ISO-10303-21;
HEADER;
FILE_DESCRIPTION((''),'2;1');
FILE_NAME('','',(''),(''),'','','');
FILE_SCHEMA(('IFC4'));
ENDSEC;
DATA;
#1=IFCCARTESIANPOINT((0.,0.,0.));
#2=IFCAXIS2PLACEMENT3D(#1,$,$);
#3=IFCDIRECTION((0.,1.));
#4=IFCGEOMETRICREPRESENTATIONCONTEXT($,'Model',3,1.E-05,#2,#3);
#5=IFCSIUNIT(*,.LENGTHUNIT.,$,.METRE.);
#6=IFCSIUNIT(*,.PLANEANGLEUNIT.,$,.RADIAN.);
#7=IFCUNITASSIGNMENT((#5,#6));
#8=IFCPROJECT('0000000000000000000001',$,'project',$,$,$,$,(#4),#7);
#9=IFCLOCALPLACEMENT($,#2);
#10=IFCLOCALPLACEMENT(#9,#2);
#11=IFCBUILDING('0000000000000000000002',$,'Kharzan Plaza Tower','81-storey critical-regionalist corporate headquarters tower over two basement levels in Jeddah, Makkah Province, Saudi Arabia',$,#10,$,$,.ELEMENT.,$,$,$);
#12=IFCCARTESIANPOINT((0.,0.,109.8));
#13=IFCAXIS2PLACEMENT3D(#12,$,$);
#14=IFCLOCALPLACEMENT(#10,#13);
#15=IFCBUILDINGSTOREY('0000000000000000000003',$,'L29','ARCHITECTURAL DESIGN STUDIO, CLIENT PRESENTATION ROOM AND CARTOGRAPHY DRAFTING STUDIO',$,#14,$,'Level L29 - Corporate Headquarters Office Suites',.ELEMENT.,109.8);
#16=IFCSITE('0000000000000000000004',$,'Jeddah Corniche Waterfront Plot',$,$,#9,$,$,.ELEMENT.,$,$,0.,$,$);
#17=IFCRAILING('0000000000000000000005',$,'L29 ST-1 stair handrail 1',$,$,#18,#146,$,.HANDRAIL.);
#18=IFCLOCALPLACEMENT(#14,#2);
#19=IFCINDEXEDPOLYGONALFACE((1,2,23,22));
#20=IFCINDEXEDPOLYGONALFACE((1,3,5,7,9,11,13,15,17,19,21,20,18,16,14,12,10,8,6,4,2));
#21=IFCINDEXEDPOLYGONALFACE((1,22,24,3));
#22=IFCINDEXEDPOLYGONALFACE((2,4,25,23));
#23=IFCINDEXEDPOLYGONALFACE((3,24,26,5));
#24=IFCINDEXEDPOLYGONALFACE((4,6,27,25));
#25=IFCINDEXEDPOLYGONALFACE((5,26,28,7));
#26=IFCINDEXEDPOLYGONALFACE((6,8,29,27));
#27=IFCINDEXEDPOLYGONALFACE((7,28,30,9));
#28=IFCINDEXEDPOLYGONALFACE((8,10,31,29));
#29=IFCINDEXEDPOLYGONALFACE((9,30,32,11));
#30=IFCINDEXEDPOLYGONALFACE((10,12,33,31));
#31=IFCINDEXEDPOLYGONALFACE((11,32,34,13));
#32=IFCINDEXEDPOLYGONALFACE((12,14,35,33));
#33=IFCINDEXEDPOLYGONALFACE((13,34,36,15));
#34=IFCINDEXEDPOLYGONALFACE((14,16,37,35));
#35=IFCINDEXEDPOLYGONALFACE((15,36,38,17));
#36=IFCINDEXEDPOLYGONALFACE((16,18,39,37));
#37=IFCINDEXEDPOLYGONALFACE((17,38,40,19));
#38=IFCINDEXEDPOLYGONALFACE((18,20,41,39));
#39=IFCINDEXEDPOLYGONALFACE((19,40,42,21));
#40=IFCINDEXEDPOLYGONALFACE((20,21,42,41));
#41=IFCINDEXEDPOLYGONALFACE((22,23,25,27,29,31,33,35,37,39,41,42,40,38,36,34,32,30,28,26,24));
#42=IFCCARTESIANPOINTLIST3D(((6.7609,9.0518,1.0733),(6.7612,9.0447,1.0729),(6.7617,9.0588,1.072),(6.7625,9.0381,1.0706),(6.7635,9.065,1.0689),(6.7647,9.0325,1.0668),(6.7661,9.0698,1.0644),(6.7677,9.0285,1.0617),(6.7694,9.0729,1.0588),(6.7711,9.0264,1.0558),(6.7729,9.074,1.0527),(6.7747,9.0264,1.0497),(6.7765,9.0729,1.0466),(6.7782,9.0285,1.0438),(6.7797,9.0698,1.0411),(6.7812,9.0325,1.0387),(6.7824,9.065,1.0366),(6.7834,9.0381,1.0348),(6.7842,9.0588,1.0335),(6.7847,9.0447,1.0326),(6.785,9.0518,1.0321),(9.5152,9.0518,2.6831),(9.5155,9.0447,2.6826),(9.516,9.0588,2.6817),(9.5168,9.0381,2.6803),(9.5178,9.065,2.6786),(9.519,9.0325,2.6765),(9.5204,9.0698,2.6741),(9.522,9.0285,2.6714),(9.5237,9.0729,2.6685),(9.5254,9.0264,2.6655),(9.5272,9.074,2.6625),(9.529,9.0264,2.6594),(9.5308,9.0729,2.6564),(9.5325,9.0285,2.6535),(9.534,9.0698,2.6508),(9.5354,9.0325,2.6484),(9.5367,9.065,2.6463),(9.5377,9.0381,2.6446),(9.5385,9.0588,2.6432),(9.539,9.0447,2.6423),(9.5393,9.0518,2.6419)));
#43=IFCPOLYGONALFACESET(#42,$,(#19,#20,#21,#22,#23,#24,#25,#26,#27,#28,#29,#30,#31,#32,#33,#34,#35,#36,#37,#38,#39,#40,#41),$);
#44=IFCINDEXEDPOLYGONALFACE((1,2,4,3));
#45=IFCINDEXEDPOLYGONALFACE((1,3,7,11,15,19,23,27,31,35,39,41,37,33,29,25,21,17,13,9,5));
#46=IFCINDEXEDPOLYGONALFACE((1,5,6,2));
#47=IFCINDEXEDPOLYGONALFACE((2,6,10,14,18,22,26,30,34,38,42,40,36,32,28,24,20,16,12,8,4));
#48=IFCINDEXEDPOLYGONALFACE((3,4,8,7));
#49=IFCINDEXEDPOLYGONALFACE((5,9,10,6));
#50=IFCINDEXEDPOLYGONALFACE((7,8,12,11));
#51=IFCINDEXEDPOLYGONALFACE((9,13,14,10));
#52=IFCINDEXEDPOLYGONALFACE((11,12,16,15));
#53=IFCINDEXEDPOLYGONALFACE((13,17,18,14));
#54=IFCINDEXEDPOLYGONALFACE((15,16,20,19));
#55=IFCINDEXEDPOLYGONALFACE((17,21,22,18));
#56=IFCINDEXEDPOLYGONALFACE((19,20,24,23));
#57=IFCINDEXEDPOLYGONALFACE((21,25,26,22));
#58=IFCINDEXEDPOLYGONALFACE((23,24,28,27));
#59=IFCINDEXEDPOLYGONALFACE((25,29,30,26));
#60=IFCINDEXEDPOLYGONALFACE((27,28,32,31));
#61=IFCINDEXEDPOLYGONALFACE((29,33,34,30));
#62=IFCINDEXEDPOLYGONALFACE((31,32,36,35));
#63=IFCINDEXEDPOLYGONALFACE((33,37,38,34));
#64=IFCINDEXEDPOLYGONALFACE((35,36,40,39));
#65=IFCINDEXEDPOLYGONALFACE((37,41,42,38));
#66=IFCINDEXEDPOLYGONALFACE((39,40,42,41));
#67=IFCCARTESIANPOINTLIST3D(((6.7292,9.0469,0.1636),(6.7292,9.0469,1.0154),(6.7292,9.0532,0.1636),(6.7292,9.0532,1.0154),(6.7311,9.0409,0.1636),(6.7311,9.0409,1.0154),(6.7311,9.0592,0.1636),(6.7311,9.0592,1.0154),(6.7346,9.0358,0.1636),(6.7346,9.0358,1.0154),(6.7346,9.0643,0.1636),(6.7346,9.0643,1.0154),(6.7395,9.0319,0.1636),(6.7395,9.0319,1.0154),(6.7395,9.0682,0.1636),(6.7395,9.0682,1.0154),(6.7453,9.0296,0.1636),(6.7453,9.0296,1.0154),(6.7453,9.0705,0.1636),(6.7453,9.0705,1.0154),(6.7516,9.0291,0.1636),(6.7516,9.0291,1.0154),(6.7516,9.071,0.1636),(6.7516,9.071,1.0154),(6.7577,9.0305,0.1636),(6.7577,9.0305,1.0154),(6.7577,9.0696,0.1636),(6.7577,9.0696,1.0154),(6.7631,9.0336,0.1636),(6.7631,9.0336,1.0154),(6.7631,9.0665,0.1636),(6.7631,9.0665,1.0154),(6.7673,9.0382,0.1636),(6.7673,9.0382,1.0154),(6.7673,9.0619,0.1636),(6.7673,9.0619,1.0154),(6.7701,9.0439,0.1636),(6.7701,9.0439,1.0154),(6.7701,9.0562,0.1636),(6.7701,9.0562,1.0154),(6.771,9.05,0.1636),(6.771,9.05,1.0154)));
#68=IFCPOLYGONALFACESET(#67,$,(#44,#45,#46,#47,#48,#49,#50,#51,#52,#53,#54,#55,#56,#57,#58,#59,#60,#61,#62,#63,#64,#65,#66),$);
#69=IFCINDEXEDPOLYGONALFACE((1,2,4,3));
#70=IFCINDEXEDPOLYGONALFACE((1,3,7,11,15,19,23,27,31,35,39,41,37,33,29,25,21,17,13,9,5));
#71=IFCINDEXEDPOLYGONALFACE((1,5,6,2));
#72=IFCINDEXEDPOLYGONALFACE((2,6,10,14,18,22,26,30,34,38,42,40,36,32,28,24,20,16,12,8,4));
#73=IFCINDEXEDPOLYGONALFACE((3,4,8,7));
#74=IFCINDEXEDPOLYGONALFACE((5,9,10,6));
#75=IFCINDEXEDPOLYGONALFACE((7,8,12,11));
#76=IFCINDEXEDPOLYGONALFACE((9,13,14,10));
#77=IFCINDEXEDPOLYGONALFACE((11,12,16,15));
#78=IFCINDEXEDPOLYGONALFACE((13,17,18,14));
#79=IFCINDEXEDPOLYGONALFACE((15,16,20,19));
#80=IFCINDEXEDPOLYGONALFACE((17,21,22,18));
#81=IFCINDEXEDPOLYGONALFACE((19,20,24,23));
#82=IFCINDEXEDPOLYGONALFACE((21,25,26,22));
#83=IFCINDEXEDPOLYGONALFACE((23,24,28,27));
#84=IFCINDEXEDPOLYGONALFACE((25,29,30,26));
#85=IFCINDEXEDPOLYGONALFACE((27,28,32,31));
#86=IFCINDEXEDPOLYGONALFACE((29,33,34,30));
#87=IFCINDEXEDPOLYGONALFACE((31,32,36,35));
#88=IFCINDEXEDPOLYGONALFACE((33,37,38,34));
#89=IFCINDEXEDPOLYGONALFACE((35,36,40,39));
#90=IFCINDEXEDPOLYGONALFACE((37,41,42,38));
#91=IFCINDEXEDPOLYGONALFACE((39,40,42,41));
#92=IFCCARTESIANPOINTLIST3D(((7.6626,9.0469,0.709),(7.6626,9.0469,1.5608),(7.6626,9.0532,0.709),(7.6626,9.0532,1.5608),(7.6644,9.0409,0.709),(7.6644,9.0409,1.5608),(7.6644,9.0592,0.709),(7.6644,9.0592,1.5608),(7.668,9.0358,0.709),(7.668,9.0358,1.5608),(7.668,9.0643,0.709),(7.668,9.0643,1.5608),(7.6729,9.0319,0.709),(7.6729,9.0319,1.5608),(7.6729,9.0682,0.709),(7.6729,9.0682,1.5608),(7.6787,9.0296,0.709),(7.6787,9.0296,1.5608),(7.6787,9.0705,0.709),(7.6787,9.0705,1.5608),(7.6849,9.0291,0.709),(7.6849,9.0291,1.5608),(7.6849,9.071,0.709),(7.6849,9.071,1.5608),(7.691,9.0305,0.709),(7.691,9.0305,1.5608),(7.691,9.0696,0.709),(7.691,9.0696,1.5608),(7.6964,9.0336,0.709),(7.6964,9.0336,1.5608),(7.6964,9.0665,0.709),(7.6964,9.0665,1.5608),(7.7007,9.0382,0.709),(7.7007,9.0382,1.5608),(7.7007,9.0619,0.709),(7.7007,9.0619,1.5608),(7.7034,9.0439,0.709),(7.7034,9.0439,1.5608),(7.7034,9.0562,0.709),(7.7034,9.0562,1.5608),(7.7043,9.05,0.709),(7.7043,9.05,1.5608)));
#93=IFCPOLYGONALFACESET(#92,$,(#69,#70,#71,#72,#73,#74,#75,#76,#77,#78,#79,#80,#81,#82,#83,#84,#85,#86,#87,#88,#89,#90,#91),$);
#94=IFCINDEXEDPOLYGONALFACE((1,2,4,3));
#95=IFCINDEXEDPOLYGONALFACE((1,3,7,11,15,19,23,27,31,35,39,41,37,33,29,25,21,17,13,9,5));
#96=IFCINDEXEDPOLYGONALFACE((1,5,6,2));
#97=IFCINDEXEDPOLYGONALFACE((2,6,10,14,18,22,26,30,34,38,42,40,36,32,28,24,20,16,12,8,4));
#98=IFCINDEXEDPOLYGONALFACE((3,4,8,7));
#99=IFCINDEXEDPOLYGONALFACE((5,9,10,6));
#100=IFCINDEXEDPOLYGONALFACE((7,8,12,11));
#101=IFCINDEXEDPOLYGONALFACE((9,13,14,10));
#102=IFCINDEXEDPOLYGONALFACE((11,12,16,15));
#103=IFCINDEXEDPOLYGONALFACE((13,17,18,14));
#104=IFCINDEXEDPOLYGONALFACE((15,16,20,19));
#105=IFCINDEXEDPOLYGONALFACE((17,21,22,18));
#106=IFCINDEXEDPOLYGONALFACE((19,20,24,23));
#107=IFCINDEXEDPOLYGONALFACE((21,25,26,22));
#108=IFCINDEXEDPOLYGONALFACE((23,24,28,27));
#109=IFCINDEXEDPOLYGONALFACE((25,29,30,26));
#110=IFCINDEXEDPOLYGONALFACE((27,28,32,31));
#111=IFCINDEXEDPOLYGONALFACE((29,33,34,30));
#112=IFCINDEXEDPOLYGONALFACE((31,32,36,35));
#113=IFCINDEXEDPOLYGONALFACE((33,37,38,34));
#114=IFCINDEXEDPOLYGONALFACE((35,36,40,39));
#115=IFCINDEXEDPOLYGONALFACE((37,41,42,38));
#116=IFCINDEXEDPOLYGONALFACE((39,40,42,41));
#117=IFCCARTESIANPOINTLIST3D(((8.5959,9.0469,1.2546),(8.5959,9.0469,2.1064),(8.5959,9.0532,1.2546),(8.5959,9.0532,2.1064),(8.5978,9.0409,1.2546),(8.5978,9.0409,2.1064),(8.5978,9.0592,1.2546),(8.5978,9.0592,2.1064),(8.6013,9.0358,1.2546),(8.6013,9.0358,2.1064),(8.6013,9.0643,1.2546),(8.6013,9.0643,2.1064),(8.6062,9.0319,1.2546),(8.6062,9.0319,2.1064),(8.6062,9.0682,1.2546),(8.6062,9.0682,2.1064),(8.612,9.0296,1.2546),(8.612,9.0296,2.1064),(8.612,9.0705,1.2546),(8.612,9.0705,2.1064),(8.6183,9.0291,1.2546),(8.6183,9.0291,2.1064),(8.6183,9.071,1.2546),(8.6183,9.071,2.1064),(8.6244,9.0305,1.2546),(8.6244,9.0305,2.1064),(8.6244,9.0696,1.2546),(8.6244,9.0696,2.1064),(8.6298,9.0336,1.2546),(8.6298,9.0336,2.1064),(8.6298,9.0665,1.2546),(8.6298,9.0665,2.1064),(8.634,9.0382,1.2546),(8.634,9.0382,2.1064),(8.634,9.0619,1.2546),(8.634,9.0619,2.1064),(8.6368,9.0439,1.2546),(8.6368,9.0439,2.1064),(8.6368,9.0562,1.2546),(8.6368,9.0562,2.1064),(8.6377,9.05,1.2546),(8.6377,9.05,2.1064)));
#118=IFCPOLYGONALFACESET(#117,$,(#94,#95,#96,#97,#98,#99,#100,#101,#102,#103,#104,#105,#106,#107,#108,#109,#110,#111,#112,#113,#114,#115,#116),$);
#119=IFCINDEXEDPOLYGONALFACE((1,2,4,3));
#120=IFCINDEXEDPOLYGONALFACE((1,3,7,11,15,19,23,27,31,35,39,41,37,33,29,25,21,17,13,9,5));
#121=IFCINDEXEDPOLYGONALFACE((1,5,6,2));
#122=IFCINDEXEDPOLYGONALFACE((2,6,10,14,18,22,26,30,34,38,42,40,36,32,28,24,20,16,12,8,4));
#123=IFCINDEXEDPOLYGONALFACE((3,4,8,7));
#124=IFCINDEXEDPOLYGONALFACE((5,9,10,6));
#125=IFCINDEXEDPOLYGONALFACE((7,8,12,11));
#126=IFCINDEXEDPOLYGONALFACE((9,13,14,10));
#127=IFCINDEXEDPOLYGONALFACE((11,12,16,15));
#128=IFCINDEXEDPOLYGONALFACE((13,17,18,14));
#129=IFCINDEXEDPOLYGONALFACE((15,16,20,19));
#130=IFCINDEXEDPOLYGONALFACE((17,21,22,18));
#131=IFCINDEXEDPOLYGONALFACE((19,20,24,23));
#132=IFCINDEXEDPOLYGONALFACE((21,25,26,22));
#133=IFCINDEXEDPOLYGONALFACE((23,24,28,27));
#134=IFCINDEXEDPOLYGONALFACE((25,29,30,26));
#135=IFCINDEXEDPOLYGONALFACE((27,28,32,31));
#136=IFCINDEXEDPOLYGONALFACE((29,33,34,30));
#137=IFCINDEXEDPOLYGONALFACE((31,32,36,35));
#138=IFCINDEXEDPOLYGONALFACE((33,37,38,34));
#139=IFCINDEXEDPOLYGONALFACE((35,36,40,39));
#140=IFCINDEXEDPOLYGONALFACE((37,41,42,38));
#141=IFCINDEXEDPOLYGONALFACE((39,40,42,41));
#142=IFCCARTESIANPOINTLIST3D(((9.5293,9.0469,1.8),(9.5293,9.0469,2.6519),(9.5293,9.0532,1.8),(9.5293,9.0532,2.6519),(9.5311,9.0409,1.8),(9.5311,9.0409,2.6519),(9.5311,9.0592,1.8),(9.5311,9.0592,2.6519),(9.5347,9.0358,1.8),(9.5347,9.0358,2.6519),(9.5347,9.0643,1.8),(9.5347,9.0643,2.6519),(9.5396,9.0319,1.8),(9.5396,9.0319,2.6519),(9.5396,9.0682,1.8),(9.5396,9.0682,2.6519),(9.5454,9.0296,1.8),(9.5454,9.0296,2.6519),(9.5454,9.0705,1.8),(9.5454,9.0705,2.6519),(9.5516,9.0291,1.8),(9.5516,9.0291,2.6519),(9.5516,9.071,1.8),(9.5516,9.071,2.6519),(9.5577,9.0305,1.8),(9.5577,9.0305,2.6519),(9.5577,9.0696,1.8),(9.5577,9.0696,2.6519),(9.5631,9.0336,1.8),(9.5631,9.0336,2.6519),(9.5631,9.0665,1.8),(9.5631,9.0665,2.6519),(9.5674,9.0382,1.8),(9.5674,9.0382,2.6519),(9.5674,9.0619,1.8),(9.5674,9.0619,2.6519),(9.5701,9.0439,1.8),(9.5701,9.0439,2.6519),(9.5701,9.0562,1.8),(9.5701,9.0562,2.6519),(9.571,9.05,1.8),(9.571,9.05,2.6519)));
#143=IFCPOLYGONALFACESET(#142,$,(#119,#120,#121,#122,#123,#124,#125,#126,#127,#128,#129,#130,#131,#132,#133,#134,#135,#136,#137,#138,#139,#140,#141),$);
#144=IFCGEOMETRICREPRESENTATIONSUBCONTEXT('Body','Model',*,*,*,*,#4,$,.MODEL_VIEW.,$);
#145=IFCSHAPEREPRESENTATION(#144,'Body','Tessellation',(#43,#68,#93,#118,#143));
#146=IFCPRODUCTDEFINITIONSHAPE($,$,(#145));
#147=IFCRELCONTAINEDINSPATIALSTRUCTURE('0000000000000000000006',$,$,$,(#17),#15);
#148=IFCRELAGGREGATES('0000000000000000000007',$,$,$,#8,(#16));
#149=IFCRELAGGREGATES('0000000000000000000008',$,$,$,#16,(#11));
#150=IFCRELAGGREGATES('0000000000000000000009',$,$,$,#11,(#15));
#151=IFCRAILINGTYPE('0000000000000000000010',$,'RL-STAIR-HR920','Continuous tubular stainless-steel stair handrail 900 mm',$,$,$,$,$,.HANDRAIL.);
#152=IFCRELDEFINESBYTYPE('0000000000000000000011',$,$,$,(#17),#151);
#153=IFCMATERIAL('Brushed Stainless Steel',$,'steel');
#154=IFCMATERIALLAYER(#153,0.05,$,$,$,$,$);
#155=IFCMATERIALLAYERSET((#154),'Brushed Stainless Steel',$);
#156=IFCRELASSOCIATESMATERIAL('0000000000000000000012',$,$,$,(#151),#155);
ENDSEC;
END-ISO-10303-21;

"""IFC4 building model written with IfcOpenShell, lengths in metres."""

from ifc_helpers import new_model, si_unit, direction, frame, origin, origin_2d, place, context, subcontext, project, spatial, circle, extrude, source, transform, mapped, material, layer, layer_set, type_object, element, save


model = new_model("IFC4")

# Units and contexts
model_context = context("Model", 3, precision=1e-05, world=origin(), true_north=direction((0.0, 1.0)))
body_context = subcontext(model_context, "Body", "Model", "MODEL_VIEW")
ifc_project = project(units=[si_unit("LENGTHUNIT", "METRE"), si_unit("PLANEANGLEUNIT", "RADIAN")], contexts=[model_context])

# Site, building, storey
site_placement = place(None, origin())
site = spatial("IfcSite", under=ifc_project, at=site_placement, Name="Jeddah Corniche Waterfront Plot", CompositionType="ELEMENT", RefElevation=0.0)
building_placement = place(site_placement, origin())
building = spatial("IfcBuilding", under=site, at=building_placement, Name="Kharzan Plaza Tower", Description="81-storey critical-regionalist corporate headquarters tower over two basement levels in Jeddah, Makkah Province, Saudi Arabia", CompositionType="ELEMENT")
storey_placement = place(building_placement, frame((0.0, 0.0, 109.8)))
storey = spatial("IfcBuildingStorey", under=building, at=storey_placement, Name="L29", Description="ARCHITECTURAL DESIGN STUDIO, CLIENT PRESENTATION ROOM AND CARTOGRAPHY DRAFTING STUDIO", LongName="Level L29 - Corporate Headquarters Office Suites", CompositionType="ELEMENT", Elevation=109.8)

# Railing
ifc_material_1 = material(Name="Brushed Stainless Steel", Category="steel")
ifc_layer_1 = layer(ifc_material_1, 0.05)
ifc_layer_set_1 = layer_set([ifc_layer_1], Name="Brushed Stainless Steel")
railing_type_1 = type_object("IfcRailingType", Name="RL-STAIR-HR920", Description="Continuous tubular stainless-steel stair handrail 900 mm", PredefinedType="HANDRAIL", material=ifc_layer_set_1)
shared_shape_1 = source(origin(), body_context, "Body", "SweptSolid", [
    extrude(circle(Radius=0.0239, at=origin_2d()), frame((0.0229, 0.0, 0.8892), z_axis=(0.863361, 0.0, 0.504587), x_axis=(0.0, 1.0, 0.0)), (0.0, 0.0, 1.0), 3.1902),
    extrude(circle(Radius=0.021, at=origin_2d()), origin(), (0.0, 0.0, 1.0), 0.8518),
    extrude(circle(Radius=0.021, at=origin_2d()), frame((0.9333, 0.0, 0.5454)), (0.0, 0.0, 1.0), 0.8518),
    extrude(circle(Radius=0.021, at=origin_2d()), frame((1.8667, 0.0, 1.0911)), (0.0, 0.0, 1.0), 0.8518),
    extrude(circle(Radius=0.021, at=origin_2d()), frame((2.8, 0.0, 1.6365)), (0.0, 0.0, 1.0), 0.8518),
])
railing_1_placement = place(storey_placement, frame((6.75, 9.05, 0.1636)))
element("IfcRailing", 1, at=railing_1_placement, inside=storey, type_object=railing_type_1, Name="L29 ST-1 stair handrail 1", PredefinedType="HANDRAIL", context=body_context, shape_type="MappedRepresentation", body=[
    mapped(shared_shape_1, transform((0.0, 0.0, 0.0), x_axis=(1.0, 0.0, 0.0), y_axis=(0.0, 1.0, 0.0), z_axis=(0.0, 0.0, 1.0))),
])

save(model, "model.ifc")
